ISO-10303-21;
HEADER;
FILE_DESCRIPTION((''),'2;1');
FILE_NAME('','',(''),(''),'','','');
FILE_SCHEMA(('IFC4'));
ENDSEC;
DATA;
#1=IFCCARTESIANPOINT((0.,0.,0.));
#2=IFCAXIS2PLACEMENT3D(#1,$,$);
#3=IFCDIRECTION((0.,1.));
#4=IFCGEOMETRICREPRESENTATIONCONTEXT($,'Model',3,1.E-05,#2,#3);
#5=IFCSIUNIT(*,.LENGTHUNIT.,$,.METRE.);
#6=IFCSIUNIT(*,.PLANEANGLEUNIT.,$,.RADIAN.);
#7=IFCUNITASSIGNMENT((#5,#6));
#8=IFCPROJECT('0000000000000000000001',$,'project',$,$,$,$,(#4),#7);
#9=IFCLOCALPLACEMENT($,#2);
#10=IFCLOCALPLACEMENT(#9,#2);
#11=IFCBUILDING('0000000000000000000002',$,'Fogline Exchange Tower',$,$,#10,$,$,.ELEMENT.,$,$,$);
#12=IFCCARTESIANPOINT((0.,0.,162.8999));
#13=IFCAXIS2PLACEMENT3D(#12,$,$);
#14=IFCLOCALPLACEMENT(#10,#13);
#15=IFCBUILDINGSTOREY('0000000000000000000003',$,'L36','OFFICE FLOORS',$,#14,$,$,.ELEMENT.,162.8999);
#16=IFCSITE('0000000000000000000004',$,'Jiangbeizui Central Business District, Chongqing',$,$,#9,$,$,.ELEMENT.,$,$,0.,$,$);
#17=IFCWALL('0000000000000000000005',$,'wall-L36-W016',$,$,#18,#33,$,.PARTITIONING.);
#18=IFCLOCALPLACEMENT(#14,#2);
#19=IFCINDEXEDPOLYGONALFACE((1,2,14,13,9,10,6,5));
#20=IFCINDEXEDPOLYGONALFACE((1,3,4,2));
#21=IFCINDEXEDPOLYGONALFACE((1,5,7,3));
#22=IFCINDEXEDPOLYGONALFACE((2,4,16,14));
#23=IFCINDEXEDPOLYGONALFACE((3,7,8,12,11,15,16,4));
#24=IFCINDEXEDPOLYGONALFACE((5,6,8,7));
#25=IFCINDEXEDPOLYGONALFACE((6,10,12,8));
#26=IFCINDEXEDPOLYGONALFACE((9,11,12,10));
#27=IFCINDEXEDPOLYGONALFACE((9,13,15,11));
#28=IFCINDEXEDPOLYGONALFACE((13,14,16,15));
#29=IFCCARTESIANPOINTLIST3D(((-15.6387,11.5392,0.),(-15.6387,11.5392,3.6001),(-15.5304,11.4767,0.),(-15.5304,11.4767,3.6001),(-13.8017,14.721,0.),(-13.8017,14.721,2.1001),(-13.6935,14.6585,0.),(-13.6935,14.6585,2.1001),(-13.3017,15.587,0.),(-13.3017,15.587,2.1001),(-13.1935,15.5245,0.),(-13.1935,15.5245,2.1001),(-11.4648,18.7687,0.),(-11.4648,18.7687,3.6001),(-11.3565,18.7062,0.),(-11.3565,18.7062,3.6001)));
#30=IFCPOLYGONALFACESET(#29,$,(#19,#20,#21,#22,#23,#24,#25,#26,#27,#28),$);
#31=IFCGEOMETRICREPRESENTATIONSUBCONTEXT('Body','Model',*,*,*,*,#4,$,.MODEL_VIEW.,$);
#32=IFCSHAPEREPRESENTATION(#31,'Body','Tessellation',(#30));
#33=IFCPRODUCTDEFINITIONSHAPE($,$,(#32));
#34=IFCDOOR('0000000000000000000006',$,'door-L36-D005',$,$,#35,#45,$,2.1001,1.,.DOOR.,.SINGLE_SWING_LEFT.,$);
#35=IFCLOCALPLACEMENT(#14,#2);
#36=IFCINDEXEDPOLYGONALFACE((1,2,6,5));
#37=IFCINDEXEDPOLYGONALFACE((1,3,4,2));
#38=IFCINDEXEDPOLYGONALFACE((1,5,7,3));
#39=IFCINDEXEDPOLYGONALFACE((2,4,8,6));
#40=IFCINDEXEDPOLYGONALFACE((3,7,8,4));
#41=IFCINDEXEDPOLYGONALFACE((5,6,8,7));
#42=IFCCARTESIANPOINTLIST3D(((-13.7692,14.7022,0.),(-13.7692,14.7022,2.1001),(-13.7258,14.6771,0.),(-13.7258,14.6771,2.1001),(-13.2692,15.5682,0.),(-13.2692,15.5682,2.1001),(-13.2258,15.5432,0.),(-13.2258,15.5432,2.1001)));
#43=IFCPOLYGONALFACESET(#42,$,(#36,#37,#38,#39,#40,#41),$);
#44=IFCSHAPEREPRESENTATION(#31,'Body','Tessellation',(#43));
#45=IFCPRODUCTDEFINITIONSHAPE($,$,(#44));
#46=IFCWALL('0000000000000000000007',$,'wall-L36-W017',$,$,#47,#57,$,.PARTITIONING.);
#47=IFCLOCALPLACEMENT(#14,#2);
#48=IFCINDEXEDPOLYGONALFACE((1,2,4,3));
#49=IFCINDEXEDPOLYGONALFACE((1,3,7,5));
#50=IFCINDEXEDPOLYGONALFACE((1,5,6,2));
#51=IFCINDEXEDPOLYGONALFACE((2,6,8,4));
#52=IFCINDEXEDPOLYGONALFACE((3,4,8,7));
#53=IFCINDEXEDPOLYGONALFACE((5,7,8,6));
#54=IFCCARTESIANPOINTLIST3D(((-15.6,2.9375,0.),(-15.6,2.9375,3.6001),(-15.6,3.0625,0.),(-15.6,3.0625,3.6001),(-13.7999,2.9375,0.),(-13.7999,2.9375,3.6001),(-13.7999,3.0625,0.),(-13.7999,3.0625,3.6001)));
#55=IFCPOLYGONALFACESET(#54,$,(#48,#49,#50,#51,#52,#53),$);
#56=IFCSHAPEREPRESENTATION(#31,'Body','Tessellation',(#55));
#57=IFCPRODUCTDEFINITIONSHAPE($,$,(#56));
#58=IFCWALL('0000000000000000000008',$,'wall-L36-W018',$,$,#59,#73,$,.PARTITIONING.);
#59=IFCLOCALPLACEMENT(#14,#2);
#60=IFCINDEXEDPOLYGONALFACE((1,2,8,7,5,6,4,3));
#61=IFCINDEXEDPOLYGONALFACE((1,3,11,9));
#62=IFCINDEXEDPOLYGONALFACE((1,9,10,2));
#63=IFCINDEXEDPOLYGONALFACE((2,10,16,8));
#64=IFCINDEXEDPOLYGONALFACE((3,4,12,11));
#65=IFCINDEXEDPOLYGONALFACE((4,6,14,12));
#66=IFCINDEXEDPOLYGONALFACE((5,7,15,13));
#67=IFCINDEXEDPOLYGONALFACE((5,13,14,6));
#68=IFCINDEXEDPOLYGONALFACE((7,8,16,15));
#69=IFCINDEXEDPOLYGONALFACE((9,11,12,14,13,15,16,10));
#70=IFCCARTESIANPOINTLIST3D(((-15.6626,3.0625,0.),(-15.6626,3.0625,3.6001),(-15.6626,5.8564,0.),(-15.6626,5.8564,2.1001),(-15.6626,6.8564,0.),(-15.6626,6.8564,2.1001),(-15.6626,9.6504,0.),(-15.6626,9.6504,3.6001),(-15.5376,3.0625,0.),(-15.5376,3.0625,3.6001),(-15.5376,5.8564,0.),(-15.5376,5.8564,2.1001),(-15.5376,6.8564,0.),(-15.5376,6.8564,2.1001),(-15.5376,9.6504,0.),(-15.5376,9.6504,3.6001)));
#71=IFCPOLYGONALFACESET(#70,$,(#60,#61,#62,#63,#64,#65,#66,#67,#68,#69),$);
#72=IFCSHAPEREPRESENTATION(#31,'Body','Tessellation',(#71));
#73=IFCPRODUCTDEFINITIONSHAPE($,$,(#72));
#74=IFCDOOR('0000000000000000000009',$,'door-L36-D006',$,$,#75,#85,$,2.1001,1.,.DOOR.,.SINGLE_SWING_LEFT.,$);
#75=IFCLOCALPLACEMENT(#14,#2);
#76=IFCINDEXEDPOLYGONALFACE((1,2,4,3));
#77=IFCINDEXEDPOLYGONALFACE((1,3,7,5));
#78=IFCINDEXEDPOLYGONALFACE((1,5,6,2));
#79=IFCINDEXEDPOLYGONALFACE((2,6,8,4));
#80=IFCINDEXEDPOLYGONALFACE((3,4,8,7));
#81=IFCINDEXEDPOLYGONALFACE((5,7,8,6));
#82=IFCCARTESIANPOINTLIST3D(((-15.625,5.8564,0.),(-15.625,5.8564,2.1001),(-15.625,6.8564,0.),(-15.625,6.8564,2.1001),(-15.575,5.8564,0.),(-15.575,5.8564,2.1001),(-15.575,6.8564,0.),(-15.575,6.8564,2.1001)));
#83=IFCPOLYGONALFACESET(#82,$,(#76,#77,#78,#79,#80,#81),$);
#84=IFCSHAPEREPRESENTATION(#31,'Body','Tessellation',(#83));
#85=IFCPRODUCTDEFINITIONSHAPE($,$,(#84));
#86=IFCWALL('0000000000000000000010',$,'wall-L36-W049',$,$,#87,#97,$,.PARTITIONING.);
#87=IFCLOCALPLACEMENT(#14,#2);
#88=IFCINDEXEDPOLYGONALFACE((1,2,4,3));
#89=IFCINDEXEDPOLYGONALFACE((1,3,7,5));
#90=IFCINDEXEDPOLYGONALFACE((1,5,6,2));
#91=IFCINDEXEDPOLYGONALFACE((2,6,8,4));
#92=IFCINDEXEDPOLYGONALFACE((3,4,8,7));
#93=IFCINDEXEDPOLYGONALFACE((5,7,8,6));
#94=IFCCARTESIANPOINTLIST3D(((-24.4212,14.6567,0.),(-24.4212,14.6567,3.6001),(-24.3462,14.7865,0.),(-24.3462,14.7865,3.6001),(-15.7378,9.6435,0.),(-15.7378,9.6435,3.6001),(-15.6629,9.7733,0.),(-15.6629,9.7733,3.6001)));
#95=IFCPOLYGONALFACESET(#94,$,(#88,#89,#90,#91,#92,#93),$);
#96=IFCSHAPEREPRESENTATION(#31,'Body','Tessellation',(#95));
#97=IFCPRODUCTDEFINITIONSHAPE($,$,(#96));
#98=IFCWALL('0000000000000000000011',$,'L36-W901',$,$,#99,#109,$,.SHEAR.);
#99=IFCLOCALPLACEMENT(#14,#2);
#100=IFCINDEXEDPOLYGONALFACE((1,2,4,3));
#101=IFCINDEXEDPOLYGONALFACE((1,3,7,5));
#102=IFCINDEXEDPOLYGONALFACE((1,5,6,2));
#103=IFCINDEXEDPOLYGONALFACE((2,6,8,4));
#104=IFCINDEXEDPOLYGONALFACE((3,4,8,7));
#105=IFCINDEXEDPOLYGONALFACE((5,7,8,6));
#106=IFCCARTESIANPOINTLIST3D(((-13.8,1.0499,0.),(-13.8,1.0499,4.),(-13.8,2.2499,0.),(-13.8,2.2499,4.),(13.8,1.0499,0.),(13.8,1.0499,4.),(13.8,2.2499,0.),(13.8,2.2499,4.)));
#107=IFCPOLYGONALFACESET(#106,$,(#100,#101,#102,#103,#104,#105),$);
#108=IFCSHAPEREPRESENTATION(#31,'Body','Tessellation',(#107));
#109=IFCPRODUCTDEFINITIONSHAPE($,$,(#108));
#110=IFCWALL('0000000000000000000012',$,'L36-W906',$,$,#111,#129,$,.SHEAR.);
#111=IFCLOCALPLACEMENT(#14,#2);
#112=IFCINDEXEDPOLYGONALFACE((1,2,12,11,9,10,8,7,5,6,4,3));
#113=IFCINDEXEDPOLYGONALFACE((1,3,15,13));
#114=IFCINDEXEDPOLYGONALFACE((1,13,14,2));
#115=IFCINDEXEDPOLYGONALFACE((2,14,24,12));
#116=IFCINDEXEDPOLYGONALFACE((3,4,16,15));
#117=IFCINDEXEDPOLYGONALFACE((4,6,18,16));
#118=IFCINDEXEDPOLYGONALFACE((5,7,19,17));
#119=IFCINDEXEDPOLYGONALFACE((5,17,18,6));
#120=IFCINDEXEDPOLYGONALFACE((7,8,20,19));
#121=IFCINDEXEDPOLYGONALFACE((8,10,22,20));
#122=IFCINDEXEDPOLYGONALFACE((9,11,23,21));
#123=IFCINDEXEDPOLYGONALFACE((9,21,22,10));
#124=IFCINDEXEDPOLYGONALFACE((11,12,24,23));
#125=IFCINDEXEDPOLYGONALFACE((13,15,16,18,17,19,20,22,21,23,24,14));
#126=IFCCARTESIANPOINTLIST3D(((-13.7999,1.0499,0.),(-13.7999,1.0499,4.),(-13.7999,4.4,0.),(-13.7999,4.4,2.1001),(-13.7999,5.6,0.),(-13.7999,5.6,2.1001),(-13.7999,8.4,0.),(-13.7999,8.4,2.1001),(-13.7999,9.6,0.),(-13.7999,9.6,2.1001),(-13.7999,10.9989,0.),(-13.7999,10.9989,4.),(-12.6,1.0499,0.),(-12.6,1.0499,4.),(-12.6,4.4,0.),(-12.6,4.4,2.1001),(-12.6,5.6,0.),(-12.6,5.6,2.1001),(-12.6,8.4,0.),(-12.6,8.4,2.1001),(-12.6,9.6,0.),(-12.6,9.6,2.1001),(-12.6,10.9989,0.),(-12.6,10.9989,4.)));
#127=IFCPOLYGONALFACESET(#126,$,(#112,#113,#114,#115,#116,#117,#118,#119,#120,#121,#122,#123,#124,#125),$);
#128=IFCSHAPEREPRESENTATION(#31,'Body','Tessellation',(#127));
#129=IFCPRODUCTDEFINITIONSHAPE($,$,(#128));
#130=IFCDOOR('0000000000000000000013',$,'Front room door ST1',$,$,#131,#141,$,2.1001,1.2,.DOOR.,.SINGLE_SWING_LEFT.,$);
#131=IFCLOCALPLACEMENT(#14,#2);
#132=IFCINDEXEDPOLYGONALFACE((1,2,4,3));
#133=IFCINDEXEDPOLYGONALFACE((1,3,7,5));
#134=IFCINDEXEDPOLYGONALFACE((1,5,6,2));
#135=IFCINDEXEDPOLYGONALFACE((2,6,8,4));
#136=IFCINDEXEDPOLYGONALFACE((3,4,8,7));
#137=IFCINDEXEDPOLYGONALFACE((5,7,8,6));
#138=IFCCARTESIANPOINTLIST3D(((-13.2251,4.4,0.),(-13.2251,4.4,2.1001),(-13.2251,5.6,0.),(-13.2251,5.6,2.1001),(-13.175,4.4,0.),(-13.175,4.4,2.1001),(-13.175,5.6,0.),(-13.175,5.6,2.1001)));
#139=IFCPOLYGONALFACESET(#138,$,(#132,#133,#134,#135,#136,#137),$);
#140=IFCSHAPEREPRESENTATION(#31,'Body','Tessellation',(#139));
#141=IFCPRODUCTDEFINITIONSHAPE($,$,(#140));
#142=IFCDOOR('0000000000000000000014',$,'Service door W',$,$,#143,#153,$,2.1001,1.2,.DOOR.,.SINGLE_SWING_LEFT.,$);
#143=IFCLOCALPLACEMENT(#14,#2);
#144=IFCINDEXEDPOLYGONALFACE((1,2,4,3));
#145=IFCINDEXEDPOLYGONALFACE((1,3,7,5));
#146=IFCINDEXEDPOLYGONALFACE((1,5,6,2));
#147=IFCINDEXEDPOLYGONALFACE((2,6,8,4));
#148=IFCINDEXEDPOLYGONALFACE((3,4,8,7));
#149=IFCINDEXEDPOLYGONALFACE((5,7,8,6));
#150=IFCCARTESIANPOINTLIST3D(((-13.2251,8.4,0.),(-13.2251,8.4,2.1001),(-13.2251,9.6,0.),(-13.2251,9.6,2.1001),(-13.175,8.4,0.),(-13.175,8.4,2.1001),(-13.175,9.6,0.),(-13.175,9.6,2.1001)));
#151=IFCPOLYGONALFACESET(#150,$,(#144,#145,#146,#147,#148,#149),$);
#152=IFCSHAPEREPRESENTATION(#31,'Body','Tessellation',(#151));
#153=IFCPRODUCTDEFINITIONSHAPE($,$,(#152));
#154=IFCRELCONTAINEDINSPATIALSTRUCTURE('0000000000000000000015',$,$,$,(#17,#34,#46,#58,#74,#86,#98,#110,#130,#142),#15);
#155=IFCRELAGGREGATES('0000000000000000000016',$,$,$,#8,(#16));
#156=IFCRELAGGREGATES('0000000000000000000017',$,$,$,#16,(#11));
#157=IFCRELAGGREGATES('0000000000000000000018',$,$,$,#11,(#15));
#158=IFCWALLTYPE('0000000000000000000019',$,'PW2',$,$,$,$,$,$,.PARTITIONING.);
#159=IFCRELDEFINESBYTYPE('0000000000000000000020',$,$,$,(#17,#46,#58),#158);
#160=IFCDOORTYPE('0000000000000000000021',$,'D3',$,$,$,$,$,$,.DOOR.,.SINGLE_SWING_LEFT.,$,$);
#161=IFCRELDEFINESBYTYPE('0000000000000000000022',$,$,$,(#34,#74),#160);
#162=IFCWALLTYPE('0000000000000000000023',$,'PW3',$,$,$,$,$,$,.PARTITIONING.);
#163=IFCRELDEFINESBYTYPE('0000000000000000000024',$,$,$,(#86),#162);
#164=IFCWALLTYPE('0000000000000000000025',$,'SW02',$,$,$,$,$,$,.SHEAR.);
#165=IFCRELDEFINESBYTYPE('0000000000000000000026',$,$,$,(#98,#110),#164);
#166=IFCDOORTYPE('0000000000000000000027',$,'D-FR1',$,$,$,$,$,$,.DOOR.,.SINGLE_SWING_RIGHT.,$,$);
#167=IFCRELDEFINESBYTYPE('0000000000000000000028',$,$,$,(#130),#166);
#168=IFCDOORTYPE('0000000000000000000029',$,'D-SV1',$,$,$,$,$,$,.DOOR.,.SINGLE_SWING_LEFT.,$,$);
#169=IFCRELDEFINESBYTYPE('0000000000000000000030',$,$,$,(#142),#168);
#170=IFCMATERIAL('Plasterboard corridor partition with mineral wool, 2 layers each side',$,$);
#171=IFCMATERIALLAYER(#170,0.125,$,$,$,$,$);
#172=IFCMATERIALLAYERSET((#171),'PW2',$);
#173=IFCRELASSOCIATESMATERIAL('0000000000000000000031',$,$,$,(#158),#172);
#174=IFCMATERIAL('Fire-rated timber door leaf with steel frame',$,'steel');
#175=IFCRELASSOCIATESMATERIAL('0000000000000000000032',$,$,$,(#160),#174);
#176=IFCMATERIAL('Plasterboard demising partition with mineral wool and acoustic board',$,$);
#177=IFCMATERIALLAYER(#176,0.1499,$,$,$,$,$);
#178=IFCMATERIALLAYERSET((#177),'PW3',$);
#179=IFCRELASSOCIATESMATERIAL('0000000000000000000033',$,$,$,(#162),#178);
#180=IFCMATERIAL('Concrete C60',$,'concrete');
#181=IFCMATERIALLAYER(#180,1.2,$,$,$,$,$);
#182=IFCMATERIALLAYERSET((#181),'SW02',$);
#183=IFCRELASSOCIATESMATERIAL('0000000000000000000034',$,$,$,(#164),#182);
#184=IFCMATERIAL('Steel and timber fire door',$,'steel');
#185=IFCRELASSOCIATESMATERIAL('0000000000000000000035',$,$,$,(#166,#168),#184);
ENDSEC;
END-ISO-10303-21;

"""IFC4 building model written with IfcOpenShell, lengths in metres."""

from ifc_helpers import new_model, si_unit, direction, frame, frame_2d, origin, place, context, subcontext, project, spatial, rectangle, extrude, material, layer, layer_set, type_object, element, fill, save


model = new_model("IFC4")

# Units and contexts
model_context = context("Model", 3, precision=1e-05, world=origin(), true_north=direction((0.0, 1.0)))
body_context = subcontext(model_context, "Body", "Model", "MODEL_VIEW")
ifc_project = project(units=[si_unit("LENGTHUNIT", "METRE"), si_unit("PLANEANGLEUNIT", "RADIAN")], contexts=[model_context])

# Site, building, storey
site_placement = place(None, origin())
site = spatial("IfcSite", under=ifc_project, at=site_placement, Name="Jiangbeizui Central Business District, Chongqing", CompositionType="ELEMENT", RefElevation=0.0)
building_placement = place(site_placement, origin())
building = spatial("IfcBuilding", under=site, at=building_placement, Name="Fogline Exchange Tower", CompositionType="ELEMENT")
storey_placement = place(building_placement, frame((0.0, 0.0, 162.8999)))
storey = spatial("IfcBuildingStorey", under=building, at=storey_placement, Name="L36", Description="OFFICE FLOORS", CompositionType="ELEMENT", Elevation=162.8999)

# Shared definitions
ifc_material_1 = material(Name="Steel and timber fire door", Category="steel")

# Shared definitions
ifc_material_2 = material(Name="Plasterboard corridor partition with mineral wool, 2 layers each side")
ifc_layer_1 = layer(ifc_material_2, 0.125)
ifc_layer_set_1 = layer_set([ifc_layer_1], Name="PW2")
wall_type_1 = type_object("IfcWallType", Name="PW2", PredefinedType="PARTITIONING", material=ifc_layer_set_1)

# Wall, opening, door
wall_1_placement = place(storey_placement, frame((-15.5845, 11.5081, 0.0), z_axis=(0.0, 0.0, 1.0), x_axis=(0.499989, 0.866032, 0.0)))
wall_1 = element("IfcWall", 1, at=wall_1_placement, inside=storey, type_object=wall_type_1, Name="wall-L36-W016", PredefinedType="PARTITIONING", context=body_context, shape_type="SweptSolid", body=[
    extrude(rectangle(XDim=8.3479, YDim=0.125, at=frame_2d((4.1738, 0.0))), origin(), (0.0, 0.0, 1.0), 3.6001),
])
opening_1_placement = place(wall_1_placement, frame((3.6738, 0.0, 0.0)))
opening_1 = element("IfcOpeningElement", 2, at=opening_1_placement, cuts=wall_1, PredefinedType="OPENING", context=body_context, shape_type="SweptSolid", body=[
    extrude(rectangle(XDim=1.0, YDim=2.1001, at=frame_2d((0.5, 1.05))), frame((0.0, 0.0725, 0.0), z_axis=(0.0, -1.0, 0.0), x_axis=(1.0, 0.0, 0.0)), (0.0, 0.0, 1.0), 0.145),
])
ifc_material_3 = material(Name="Fire-rated timber door leaf with steel frame", Category="steel")
door_type_1 = type_object("IfcDoorType", Name="D3", OperationType="SINGLE_SWING_LEFT", PredefinedType="DOOR", material=ifc_material_3)
door_1_placement = place(opening_1_placement, origin())
door_1 = element("IfcDoor", 3, at=door_1_placement, inside=storey, type_object=door_type_1, Name="door-L36-D005", OperationType="SINGLE_SWING_LEFT", OverallHeight=2.1001, OverallWidth=1.0, PredefinedType="DOOR", context=body_context, shape_type="SweptSolid", body=[
    extrude(rectangle(XDim=1.0, YDim=2.1001, at=frame_2d((0.5, 1.05))), frame((0.0, 0.0249, 0.0), z_axis=(0.0, -1.0, 0.0), x_axis=(1.0, 0.0, 0.0)), (0.0, 0.0, 1.0), 0.05),
])
fill(opening_1, door_1)

# Wall
wall_2_placement = place(storey_placement, frame((-13.8, 3.0, 0.0), z_axis=(0.0, 0.0, 1.0), x_axis=(-1.0, 0.0, 0.0)))
element("IfcWall", 4, at=wall_2_placement, inside=storey, type_object=wall_type_1, Name="wall-L36-W017", PredefinedType="PARTITIONING", context=body_context, shape_type="SweptSolid", body=[
    extrude(rectangle(XDim=1.8, YDim=0.125, at=frame_2d((0.8999, 0.0))), origin(), (0.0, 0.0, 1.0), 3.6001),
])

# Wall, opening, door
wall_3_placement = place(storey_placement, frame((-15.6001, 3.0625, 0.0), z_axis=(0.0, 0.0, 1.0), x_axis=(0.0, 1.0, 0.0)))
wall_3 = element("IfcWall", 5, at=wall_3_placement, inside=storey, type_object=wall_type_1, Name="wall-L36-W018", PredefinedType="PARTITIONING", context=body_context, shape_type="SweptSolid", body=[
    extrude(rectangle(XDim=6.5879, YDim=0.125, at=frame_2d((3.2939, 0.0))), origin(), (0.0, 0.0, 1.0), 3.6001),
])
opening_2_placement = place(wall_3_placement, frame((2.7939, 0.0, 0.0)))
opening_2 = element("IfcOpeningElement", 6, at=opening_2_placement, cuts=wall_3, PredefinedType="OPENING", context=body_context, shape_type="SweptSolid", body=[
    extrude(rectangle(XDim=1.0, YDim=2.1001, at=frame_2d((0.5, 1.05))), frame((0.0, 0.0725, 0.0), z_axis=(0.0, -1.0, 0.0), x_axis=(1.0, 0.0, 0.0)), (0.0, 0.0, 1.0), 0.145),
])
door_2_placement = place(opening_2_placement, origin())
door_2 = element("IfcDoor", 7, at=door_2_placement, inside=storey, type_object=door_type_1, Name="door-L36-D006", OperationType="SINGLE_SWING_LEFT", OverallHeight=2.1001, OverallWidth=1.0, PredefinedType="DOOR", context=body_context, shape_type="SweptSolid", body=[
    extrude(rectangle(XDim=1.0, YDim=2.1001, at=frame_2d((0.5, 1.05))), frame((0.0, 0.0249, 0.0), z_axis=(0.0, -1.0, 0.0), x_axis=(1.0, 0.0, 0.0)), (0.0, 0.0, 1.0), 0.05),
])
fill(opening_2, door_2)

# Walls
ifc_material_4 = material(Name="Plasterboard demising partition with mineral wool and acoustic board")
ifc_layer_2 = layer(ifc_material_4, 0.1499)
ifc_layer_set_2 = layer_set([ifc_layer_2], Name="PW3")
wall_type_2 = type_object("IfcWallType", Name="PW3", PredefinedType="PARTITIONING", material=ifc_layer_set_2)
wall_4_placement = place(storey_placement, frame((-15.7004, 9.7085, 0.0), z_axis=(0.0, 0.0, 1.0), x_axis=(-0.866032, 0.499989, 0.0)))
element("IfcWall", 8, at=wall_4_placement, inside=storey, type_object=wall_type_2, Name="wall-L36-W049", PredefinedType="PARTITIONING", context=body_context, shape_type="SweptSolid", body=[
    extrude(rectangle(XDim=10.0266, YDim=0.1499, at=frame_2d((5.0132, 0.0))), origin(), (0.0, 0.0, 1.0), 3.6001),
])
ifc_material_5 = material(Name="Concrete C60", Category="concrete")
ifc_layer_3 = layer(ifc_material_5, 1.2)
ifc_layer_set_3 = layer_set([ifc_layer_3], Name="SW02")
wall_type_3 = type_object("IfcWallType", Name="SW02", PredefinedType="SHEAR", material=ifc_layer_set_3)
wall_5_placement = place(storey_placement, frame((-13.8, 1.6499, 0.0), z_axis=(0.0, 0.0, 1.0), x_axis=(1.0, 0.0, 0.0)))
element("IfcWall", 9, at=wall_5_placement, inside=storey, type_object=wall_type_3, Name="L36-W901", PredefinedType="SHEAR", context=body_context, shape_type="SweptSolid", body=[
    extrude(rectangle(XDim=27.6001, YDim=1.2, at=frame_2d((13.8, 0.0))), origin(), (0.0, 0.0, 1.0), 4.0),
])

# Wall, openings, doors
wall_6_placement = place(storey_placement, frame((-13.2, 10.999, 0.0), z_axis=(0.0, 0.0, 1.0), x_axis=(0.0, -1.0, 0.0)))
wall_6 = element("IfcWall", 10, at=wall_6_placement, inside=storey, type_object=wall_type_3, Name="L36-W906", PredefinedType="SHEAR", context=body_context, shape_type="SweptSolid", body=[
    extrude(rectangle(XDim=9.949, YDim=1.2, at=frame_2d((4.9746, 0.0))), origin(), (0.0, 0.0, 1.0), 4.0),
])
opening_3_placement = place(wall_6_placement, frame((5.3989, 0.0, 0.0)))
opening_3 = element("IfcOpeningElement", 11, at=opening_3_placement, cuts=wall_6, PredefinedType="OPENING", context=body_context, shape_type="SweptSolid", body=[
    extrude(rectangle(XDim=1.2, YDim=2.1001, at=frame_2d((0.6001, 1.05))), frame((0.0, 0.6099, 0.0), z_axis=(0.0, -1.0, 0.0), x_axis=(1.0, 0.0, 0.0)), (0.0, 0.0, 1.0), 1.22),
])
opening_4_placement = place(wall_6_placement, frame((1.3989, 0.0, 0.0)))
opening_4 = element("IfcOpeningElement", 12, at=opening_4_placement, cuts=wall_6, PredefinedType="OPENING", context=body_context, shape_type="SweptSolid", body=[
    extrude(rectangle(XDim=1.2, YDim=2.1001, at=frame_2d((0.6001, 1.05))), frame((0.0, 0.6099, 0.0), z_axis=(0.0, -1.0, 0.0), x_axis=(1.0, 0.0, 0.0)), (0.0, 0.0, 1.0), 1.22),
])
door_type_2 = type_object("IfcDoorType", Name="D-FR1", OperationType="SINGLE_SWING_RIGHT", PredefinedType="DOOR", material=ifc_material_1)
door_3_placement = place(opening_3_placement, origin())
door_3 = element("IfcDoor", 13, at=door_3_placement, inside=storey, type_object=door_type_2, Name="Front room door ST1", OperationType="SINGLE_SWING_LEFT", OverallHeight=2.1001, OverallWidth=1.2, PredefinedType="DOOR", context=body_context, shape_type="SweptSolid", body=[
    extrude(rectangle(XDim=1.2, YDim=2.1001, at=frame_2d((0.6001, 1.05))), frame((0.0, 0.0249, 0.0), z_axis=(0.0, -1.0, 0.0), x_axis=(1.0, 0.0, 0.0)), (0.0, 0.0, 1.0), 0.05),
])
fill(opening_3, door_3)
door_type_3 = type_object("IfcDoorType", Name="D-SV1", OperationType="SINGLE_SWING_LEFT", PredefinedType="DOOR", material=ifc_material_1)
door_4_placement = place(opening_4_placement, origin())
door_4 = element("IfcDoor", 14, at=door_4_placement, inside=storey, type_object=door_type_3, Name="Service door W", OperationType="SINGLE_SWING_LEFT", OverallHeight=2.1001, OverallWidth=1.2, PredefinedType="DOOR", context=body_context, shape_type="SweptSolid", body=[
    extrude(rectangle(XDim=1.2, YDim=2.1001, at=frame_2d((0.6001, 1.05))), frame((0.0, 0.0249, 0.0), z_axis=(0.0, -1.0, 0.0), x_axis=(1.0, 0.0, 0.0)), (0.0, 0.0, 1.0), 0.05),
])
fill(opening_4, door_4)

save(model, "model.ifc")
